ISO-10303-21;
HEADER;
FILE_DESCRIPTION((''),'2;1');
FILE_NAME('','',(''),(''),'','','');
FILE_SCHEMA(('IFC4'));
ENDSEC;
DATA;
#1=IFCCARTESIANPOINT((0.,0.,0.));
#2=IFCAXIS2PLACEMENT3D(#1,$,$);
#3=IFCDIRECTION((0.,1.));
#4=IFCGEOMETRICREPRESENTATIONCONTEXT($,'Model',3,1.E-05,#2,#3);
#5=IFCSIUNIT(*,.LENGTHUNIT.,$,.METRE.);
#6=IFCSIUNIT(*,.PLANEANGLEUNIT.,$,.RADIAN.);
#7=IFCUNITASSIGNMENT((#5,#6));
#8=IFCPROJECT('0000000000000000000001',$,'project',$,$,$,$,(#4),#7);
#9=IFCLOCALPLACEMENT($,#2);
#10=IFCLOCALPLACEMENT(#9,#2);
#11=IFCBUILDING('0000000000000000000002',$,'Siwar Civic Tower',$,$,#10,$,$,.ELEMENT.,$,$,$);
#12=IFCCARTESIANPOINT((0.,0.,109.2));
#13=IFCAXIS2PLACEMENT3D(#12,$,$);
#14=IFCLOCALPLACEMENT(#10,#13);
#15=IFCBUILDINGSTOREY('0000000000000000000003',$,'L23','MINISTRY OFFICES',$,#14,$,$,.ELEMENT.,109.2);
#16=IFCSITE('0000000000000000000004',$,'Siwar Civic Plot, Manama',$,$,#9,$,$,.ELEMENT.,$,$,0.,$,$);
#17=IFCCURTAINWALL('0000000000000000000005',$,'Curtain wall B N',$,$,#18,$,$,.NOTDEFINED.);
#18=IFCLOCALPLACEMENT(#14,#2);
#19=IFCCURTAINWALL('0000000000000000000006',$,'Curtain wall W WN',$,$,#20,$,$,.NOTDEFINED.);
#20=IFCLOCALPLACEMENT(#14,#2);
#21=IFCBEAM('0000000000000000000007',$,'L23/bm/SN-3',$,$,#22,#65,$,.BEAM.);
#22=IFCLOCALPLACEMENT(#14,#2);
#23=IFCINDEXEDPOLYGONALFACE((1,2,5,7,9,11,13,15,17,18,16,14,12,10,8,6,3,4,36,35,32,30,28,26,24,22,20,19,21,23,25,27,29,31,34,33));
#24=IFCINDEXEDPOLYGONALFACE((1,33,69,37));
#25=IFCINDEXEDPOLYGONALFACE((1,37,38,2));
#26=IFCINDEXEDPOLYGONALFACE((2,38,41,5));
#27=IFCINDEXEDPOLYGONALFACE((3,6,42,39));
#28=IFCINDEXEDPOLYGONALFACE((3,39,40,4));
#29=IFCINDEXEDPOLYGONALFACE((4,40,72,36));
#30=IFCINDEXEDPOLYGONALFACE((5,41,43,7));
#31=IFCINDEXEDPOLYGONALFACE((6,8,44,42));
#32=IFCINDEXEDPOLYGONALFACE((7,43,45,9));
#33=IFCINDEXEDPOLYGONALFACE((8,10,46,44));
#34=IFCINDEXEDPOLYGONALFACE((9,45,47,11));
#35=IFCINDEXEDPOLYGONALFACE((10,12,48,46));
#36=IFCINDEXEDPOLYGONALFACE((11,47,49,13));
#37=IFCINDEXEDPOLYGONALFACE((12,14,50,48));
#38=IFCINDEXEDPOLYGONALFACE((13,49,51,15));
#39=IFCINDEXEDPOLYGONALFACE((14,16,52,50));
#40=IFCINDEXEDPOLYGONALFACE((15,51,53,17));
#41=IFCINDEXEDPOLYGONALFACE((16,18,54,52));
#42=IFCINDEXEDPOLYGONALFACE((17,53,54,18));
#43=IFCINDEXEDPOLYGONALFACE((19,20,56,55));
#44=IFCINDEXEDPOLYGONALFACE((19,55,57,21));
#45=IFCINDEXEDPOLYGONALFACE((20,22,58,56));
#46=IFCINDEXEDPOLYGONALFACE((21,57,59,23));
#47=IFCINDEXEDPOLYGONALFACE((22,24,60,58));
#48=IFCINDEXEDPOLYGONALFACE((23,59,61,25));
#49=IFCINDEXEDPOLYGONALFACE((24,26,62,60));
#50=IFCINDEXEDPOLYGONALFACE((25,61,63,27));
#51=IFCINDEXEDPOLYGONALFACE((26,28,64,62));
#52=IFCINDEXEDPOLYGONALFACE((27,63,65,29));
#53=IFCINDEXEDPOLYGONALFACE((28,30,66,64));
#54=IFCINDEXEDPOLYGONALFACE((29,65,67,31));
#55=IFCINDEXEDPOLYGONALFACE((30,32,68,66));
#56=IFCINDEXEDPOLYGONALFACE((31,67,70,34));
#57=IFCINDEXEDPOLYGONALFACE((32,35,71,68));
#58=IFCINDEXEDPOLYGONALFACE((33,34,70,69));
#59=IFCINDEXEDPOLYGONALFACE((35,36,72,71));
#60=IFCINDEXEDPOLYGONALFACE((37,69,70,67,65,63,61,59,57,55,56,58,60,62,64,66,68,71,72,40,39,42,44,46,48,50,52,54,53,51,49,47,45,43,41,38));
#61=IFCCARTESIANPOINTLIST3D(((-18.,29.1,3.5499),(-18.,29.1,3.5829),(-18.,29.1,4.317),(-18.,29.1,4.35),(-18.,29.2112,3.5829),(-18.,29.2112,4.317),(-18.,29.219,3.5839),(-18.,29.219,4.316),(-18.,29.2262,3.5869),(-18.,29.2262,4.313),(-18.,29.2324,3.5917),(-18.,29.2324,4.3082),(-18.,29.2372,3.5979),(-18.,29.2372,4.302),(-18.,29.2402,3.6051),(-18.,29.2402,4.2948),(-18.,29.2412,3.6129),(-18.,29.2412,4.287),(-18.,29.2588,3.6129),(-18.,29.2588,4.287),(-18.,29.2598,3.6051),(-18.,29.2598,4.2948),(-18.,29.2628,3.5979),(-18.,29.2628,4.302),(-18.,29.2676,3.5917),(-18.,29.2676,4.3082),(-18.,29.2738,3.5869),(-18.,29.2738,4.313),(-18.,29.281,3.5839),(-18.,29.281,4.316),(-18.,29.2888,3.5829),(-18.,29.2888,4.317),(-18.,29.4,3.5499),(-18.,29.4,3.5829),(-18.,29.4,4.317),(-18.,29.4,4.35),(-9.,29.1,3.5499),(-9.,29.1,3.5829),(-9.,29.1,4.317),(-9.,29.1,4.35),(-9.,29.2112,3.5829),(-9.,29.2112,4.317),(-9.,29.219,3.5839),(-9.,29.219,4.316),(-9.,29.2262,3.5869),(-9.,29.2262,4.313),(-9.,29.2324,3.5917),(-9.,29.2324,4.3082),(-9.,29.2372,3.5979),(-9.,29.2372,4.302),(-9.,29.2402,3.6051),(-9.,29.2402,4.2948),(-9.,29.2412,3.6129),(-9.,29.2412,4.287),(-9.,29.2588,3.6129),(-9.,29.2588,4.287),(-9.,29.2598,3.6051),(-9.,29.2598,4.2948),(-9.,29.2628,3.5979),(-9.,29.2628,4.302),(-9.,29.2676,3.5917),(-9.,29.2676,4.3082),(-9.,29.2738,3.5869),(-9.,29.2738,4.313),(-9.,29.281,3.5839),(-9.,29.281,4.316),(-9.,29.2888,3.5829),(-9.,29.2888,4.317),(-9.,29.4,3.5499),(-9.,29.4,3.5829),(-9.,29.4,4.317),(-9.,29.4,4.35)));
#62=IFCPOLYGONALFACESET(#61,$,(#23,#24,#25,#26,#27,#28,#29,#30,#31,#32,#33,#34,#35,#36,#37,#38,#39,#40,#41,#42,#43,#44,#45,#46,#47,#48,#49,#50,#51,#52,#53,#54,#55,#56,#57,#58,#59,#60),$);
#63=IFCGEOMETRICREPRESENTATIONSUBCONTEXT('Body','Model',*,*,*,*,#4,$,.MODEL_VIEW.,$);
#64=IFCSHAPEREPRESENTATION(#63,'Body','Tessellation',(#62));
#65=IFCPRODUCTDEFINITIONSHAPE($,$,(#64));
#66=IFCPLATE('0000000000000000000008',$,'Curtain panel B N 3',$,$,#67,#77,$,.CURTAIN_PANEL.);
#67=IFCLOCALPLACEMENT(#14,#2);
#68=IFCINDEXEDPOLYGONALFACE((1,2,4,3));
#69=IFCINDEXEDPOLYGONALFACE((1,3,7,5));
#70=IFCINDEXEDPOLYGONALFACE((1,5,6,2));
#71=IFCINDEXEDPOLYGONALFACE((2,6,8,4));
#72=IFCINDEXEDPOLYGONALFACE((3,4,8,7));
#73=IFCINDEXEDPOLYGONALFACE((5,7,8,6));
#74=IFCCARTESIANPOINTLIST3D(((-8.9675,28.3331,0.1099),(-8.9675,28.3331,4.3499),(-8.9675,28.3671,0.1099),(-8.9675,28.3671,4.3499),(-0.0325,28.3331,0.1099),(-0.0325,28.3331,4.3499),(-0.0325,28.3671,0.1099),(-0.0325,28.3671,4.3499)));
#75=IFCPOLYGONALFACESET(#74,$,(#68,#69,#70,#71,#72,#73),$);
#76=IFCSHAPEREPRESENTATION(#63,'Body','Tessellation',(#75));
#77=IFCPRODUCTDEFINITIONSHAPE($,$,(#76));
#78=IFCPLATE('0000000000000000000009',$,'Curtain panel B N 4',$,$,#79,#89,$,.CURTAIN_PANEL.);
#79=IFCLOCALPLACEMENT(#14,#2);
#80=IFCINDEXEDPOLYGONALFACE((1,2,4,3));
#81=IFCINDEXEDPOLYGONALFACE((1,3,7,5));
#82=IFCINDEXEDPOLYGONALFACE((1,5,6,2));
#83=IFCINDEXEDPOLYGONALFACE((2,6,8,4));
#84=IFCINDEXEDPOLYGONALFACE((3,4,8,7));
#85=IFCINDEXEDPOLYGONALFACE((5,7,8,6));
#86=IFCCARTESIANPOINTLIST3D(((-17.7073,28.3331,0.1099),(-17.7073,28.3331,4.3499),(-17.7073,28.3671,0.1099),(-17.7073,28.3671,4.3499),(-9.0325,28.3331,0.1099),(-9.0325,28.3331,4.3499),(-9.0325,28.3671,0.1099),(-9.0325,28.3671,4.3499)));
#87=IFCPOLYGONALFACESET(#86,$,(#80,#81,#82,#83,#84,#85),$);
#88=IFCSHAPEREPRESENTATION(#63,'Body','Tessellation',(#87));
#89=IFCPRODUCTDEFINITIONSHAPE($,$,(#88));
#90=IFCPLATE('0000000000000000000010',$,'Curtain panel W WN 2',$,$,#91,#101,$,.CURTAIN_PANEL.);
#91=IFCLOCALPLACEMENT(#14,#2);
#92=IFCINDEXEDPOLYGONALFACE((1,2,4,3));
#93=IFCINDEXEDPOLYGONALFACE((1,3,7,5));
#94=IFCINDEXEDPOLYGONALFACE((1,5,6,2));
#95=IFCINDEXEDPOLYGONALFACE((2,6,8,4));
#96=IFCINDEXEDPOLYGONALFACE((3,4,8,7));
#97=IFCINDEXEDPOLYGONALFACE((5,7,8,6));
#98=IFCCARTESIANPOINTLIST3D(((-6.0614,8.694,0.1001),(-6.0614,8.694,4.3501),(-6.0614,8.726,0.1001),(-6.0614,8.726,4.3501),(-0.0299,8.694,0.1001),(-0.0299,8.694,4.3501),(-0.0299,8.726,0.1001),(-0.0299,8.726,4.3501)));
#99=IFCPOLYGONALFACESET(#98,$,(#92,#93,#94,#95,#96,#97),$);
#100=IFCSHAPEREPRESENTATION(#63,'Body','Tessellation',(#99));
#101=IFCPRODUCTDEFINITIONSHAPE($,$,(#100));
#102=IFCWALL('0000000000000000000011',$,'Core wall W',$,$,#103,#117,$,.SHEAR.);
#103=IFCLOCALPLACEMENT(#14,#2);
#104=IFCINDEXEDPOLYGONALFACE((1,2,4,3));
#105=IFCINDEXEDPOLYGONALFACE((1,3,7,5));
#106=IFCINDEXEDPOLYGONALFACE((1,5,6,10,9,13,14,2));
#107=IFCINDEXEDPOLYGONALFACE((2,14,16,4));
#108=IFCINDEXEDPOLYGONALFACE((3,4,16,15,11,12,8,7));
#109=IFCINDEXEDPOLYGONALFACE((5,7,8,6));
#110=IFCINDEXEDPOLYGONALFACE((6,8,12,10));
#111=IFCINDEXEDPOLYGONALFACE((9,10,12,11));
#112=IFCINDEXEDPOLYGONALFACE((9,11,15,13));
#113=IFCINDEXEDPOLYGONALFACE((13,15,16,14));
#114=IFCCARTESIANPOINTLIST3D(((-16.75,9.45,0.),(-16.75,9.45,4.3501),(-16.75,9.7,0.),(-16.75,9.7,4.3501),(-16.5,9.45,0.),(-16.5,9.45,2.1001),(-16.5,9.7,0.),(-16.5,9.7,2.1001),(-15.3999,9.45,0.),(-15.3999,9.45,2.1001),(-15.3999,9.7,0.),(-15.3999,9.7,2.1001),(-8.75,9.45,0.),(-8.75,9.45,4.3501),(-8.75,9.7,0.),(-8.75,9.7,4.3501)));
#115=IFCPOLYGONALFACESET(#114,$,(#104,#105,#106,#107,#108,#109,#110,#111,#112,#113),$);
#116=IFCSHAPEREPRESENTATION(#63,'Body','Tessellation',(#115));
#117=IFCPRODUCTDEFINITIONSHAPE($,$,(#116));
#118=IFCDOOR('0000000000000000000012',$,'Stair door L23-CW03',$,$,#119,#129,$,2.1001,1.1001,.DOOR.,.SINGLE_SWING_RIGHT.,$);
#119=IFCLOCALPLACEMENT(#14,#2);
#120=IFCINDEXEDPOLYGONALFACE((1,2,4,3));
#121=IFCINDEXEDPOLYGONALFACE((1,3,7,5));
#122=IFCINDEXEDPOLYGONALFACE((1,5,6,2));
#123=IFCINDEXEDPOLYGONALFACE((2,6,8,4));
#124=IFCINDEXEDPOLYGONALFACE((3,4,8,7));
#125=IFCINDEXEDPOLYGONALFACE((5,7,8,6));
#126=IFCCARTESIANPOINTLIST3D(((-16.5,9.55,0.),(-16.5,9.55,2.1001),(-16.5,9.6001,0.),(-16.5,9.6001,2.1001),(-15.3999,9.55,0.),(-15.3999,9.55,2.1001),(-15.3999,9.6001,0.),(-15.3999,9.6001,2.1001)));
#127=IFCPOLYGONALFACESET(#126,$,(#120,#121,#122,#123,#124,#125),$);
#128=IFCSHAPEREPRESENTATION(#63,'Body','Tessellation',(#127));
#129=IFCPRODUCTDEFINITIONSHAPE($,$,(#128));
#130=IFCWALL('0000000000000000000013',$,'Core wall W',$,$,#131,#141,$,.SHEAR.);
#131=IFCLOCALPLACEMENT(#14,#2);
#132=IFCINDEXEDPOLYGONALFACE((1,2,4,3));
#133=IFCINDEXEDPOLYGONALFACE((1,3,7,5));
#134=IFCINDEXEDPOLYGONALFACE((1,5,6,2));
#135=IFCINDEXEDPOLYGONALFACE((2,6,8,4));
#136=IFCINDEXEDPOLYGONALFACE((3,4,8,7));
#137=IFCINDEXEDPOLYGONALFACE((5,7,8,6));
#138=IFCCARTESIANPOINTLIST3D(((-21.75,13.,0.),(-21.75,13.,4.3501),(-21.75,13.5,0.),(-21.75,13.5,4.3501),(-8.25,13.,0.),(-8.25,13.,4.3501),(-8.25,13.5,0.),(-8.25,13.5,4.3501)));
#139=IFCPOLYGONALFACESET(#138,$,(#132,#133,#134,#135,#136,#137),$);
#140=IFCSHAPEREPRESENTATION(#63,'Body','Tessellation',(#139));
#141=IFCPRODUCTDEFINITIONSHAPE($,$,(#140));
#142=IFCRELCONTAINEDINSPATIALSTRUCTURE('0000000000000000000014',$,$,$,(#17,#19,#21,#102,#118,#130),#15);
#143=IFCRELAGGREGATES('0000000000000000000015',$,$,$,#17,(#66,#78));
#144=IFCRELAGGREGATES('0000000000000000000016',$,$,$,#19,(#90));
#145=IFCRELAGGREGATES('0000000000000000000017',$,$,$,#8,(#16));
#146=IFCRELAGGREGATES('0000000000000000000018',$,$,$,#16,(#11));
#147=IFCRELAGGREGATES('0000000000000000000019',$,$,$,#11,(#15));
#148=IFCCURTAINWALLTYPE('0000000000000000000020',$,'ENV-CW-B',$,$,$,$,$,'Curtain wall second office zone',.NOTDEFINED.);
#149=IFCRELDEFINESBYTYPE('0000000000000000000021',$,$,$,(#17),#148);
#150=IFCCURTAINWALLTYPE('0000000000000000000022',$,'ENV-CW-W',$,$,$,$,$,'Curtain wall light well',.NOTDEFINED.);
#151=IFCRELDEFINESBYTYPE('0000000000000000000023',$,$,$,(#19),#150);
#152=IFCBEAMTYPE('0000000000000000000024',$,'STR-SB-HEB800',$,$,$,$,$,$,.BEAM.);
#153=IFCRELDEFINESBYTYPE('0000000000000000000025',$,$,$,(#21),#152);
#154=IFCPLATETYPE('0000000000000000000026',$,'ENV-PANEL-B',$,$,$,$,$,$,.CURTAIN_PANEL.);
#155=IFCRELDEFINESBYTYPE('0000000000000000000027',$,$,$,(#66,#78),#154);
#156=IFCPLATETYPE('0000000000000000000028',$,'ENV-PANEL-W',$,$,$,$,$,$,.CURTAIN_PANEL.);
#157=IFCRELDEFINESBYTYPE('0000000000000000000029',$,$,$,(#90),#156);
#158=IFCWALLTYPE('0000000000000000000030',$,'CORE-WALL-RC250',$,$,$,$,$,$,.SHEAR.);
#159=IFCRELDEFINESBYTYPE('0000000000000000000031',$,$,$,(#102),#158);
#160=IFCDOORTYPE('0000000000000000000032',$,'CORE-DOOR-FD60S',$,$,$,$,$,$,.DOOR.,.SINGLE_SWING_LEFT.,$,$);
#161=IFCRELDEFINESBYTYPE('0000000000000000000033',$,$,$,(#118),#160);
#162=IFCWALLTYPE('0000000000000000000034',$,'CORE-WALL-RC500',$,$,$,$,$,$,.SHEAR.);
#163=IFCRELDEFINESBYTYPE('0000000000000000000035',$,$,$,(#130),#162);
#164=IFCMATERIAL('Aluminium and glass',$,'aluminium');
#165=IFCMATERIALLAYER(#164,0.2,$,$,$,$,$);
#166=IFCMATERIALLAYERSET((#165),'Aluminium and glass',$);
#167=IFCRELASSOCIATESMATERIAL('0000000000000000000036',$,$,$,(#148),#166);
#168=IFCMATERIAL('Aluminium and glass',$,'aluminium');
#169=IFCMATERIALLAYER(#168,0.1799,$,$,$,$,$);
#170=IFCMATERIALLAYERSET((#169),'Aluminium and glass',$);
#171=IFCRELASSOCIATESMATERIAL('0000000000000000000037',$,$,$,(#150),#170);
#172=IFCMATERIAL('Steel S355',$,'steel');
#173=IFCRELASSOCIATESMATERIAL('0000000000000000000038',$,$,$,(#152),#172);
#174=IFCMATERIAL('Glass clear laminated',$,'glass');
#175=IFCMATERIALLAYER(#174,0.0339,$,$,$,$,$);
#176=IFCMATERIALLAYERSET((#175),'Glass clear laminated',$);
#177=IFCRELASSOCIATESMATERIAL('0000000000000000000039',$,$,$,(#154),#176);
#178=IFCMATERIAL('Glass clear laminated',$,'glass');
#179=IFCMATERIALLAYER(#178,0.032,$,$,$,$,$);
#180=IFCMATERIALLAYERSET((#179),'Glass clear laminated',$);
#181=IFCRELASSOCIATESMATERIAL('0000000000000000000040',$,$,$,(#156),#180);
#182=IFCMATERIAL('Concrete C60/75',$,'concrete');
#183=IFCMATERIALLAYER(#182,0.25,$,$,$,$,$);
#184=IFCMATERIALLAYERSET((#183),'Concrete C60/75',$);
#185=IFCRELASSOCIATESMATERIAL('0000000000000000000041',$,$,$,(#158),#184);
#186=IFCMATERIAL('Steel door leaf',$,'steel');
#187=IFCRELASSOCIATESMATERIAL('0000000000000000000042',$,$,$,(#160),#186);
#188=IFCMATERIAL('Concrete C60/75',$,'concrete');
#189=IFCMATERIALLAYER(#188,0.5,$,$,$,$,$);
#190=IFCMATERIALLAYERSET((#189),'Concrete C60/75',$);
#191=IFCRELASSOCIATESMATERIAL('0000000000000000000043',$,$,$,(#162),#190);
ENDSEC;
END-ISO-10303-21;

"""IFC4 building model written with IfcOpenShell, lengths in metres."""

from ifc_helpers import new_model, si_unit, direction, frame, frame_2d, origin, origin_2d, place, context, subcontext, project, spatial, rectangle, i_section, extrude, material, layer, layer_set, material_profile, profile_set, type_object, element, fill, aggregate, save


model = new_model("IFC4")

# Units and contexts
model_context = context("Model", 3, precision=1e-05, world=origin(), true_north=direction((0.0, 1.0)))
body_context = subcontext(model_context, "Body", "Model", "MODEL_VIEW")
ifc_project = project(units=[si_unit("LENGTHUNIT", "METRE"), si_unit("PLANEANGLEUNIT", "RADIAN")], contexts=[model_context])

# Site, building, storey
site_placement = place(None, origin())
site = spatial("IfcSite", under=ifc_project, at=site_placement, Name="Siwar Civic Plot, Manama", CompositionType="ELEMENT", RefElevation=0.0)
building_placement = place(site_placement, origin())
building = spatial("IfcBuilding", under=site, at=building_placement, Name="Siwar Civic Tower", CompositionType="ELEMENT")
storey_placement = place(building_placement, frame((0.0, 0.0, 109.2)))
storey = spatial("IfcBuildingStorey", under=building, at=storey_placement, Name="L23", Description="MINISTRY OFFICES", CompositionType="ELEMENT", Elevation=109.2)

# Curtain wall
ifc_material_1 = material(Name="Aluminium and glass", Category="aluminium")
ifc_layer_1 = layer(ifc_material_1, 0.2)
ifc_layer_set_1 = layer_set([ifc_layer_1], Name="Aluminium and glass")
curtain_wall_type_1 = type_object("IfcCurtainWallType", Name="ENV-CW-B", ElementType="Curtain wall second office zone", PredefinedType="NOTDEFINED", material=ifc_layer_set_1)
curtain_wall_1_placement = place(storey_placement, origin())
curtain_wall_1 = element("IfcCurtainWall", 1, at=curtain_wall_1_placement, inside=storey, type_object=curtain_wall_type_1, Name="Curtain wall B N", PredefinedType="NOTDEFINED")

# Curtain wall
ifc_material_2 = material(Name="Aluminium and glass", Category="aluminium")
ifc_layer_2 = layer(ifc_material_2, 0.1799)
ifc_layer_set_2 = layer_set([ifc_layer_2], Name="Aluminium and glass")
curtain_wall_type_2 = type_object("IfcCurtainWallType", Name="ENV-CW-W", ElementType="Curtain wall light well", PredefinedType="NOTDEFINED", material=ifc_layer_set_2)
curtain_wall_2_placement = place(storey_placement, origin())
curtain_wall_2 = element("IfcCurtainWall", 2, at=curtain_wall_2_placement, inside=storey, type_object=curtain_wall_type_2, Name="Curtain wall W WN", PredefinedType="NOTDEFINED")

# Beam
ifc_material_3 = material(Name="Steel S355", Category="steel")
ifc_material_profile_1 = material_profile(ifc_material_3, i_section(OverallWidth=0.3, OverallDepth=0.8, WebThickness=0.0176, FlangeThickness=0.033, FilletRadius=0.03, at=origin_2d()), Name="HEB800")
ifc_profile_set_1 = profile_set([ifc_material_profile_1], Name="Steel S355")
beam_type_1 = type_object("IfcBeamType", Name="STR-SB-HEB800", PredefinedType="BEAM", material=ifc_profile_set_1)
for number, where, z_axis, x_axis, name in (
    (3, (-9.0, 29.25, 3.95), (-1.0, 0.0, 0.0), (0.0, -1.0, 0.0), "L23/bm/SN-3"),
):
    element("IfcBeam", number, at=place(storey_placement, frame(where, z_axis=z_axis, x_axis=x_axis)), inside=storey, type_object=beam_type_1, Name=name, PredefinedType="BEAM", context=body_context, shape_type="SweptSolid", body=[
        extrude(i_section(OverallWidth=0.3, OverallDepth=0.8, WebThickness=0.0176, FlangeThickness=0.033, FilletRadius=0.03, at=origin_2d()), origin(), (0.0, 0.0, 1.0), 9.0),
    ])

# Plates
ifc_material_4 = material(Name="Glass clear laminated", Category="glass")
ifc_layer_3 = layer(ifc_material_4, 0.0339)
ifc_layer_set_3 = layer_set([ifc_layer_3], Name="Glass clear laminated")
plate_type_1 = type_object("IfcPlateType", Name="ENV-PANEL-B", PredefinedType="CURTAIN_PANEL", material=ifc_layer_set_3)
plate_1_placement = place(storey_placement, frame((-4.5, 28.3501, 0.1099), z_axis=(0.0, 0.0, 1.0), x_axis=(-1.0, 0.0, 0.0)))
plate_1 = element("IfcPlate", 4, at=plate_1_placement, type_object=plate_type_1, Name="Curtain panel B N 3", PredefinedType="CURTAIN_PANEL", context=body_context, shape_type="SweptSolid", body=[
    extrude(rectangle(XDim=8.9351, YDim=0.0339, at=origin_2d()), origin(), (0.0, 0.0, 1.0), 4.24),
])
plate_2_placement = place(storey_placement, frame((-13.3699, 28.3501, 0.1099), z_axis=(0.0, 0.0, 1.0), x_axis=(-1.0, 0.0, 0.0)))
plate_2 = element("IfcPlate", 5, at=plate_2_placement, type_object=plate_type_1, Name="Curtain panel B N 4", PredefinedType="CURTAIN_PANEL", context=body_context, shape_type="SweptSolid", body=[
    extrude(rectangle(XDim=8.6748, YDim=0.0339, at=origin_2d()), origin(), (0.0, 0.0, 1.0), 4.24),
])
aggregate(curtain_wall_1, [plate_1, plate_2])
ifc_material_5 = material(Name="Glass clear laminated", Category="glass")
ifc_layer_4 = layer(ifc_material_5, 0.032)
ifc_layer_set_4 = layer_set([ifc_layer_4], Name="Glass clear laminated")
plate_type_2 = type_object("IfcPlateType", Name="ENV-PANEL-W", PredefinedType="CURTAIN_PANEL", material=ifc_layer_set_4)
plate_3_placement = place(storey_placement, frame((-3.0457, 8.71, 0.1001), z_axis=(0.0, 0.0, 1.0), x_axis=(-1.0, 0.0, 0.0)))
plate_3 = element("IfcPlate", 6, at=plate_3_placement, type_object=plate_type_2, Name="Curtain panel W WN 2", PredefinedType="CURTAIN_PANEL", context=body_context, shape_type="SweptSolid", body=[
    extrude(rectangle(XDim=6.0315, YDim=0.032, at=origin_2d()), origin(), (0.0, 0.0, 1.0), 4.25),
])
aggregate(curtain_wall_2, [plate_3])

# Wall, opening, door
ifc_material_6 = material(Name="Concrete C60/75", Category="concrete")
ifc_layer_5 = layer(ifc_material_6, 0.25)
ifc_layer_set_5 = layer_set([ifc_layer_5], Name="Concrete C60/75")
wall_type_1 = type_object("IfcWallType", Name="CORE-WALL-RC250", PredefinedType="SHEAR", material=ifc_layer_set_5)
wall_1_placement = place(storey_placement, frame((-8.75, 9.575, 0.0), z_axis=(0.0, 0.0, 1.0), x_axis=(-1.0, 0.0, 0.0)))
wall_1 = element("IfcWall", 7, at=wall_1_placement, inside=storey, type_object=wall_type_1, Name="Core wall W", PredefinedType="SHEAR", context=body_context, shape_type="SweptSolid", body=[
    extrude(rectangle(XDim=8.0, YDim=0.25, at=frame_2d((4.0, 0.0))), origin(), (0.0, 0.0, 1.0), 4.3501),
])
opening_1_placement = place(wall_1_placement, frame((6.6499, 0.0, 0.0)))
opening_1 = element("IfcOpeningElement", 8, at=opening_1_placement, cuts=wall_1, PredefinedType="OPENING", context=body_context, shape_type="SweptSolid", body=[
    extrude(rectangle(XDim=1.1001, YDim=2.1001, at=frame_2d((0.55, 1.05))), frame((0.0, 0.135, 0.0), z_axis=(0.0, -1.0, 0.0), x_axis=(1.0, 0.0, 0.0)), (0.0, 0.0, 1.0), 0.27),
])
ifc_material_7 = material(Name="Steel door leaf", Category="steel")
door_type_1 = type_object("IfcDoorType", Name="CORE-DOOR-FD60S", OperationType="SINGLE_SWING_LEFT", PredefinedType="DOOR", material=ifc_material_7)
door_1_placement = place(opening_1_placement, origin())
door_1 = element("IfcDoor", 9, at=door_1_placement, inside=storey, type_object=door_type_1, Name="Stair door L23-CW03", OperationType="SINGLE_SWING_RIGHT", OverallHeight=2.1001, OverallWidth=1.1001, PredefinedType="DOOR", context=body_context, shape_type="SweptSolid", body=[
    extrude(rectangle(XDim=1.1001, YDim=2.1001, at=frame_2d((0.55, 1.05))), frame((0.0, 0.0249, 0.0), z_axis=(0.0, -1.0, 0.0), x_axis=(1.0, 0.0, 0.0)), (0.0, 0.0, 1.0), 0.05),
])
fill(opening_1, door_1)

# Wall
ifc_material_8 = material(Name="Concrete C60/75", Category="concrete")
ifc_layer_6 = layer(ifc_material_8, 0.5)
ifc_layer_set_6 = layer_set([ifc_layer_6], Name="Concrete C60/75")
wall_type_2 = type_object("IfcWallType", Name="CORE-WALL-RC500", PredefinedType="SHEAR", material=ifc_layer_set_6)
wall_2_placement = place(storey_placement, frame((-8.25, 13.25, 0.0), z_axis=(0.0, 0.0, 1.0), x_axis=(-1.0, 0.0, 0.0)))
element("IfcWall", 10, at=wall_2_placement, inside=storey, type_object=wall_type_2, Name="Core wall W", PredefinedType="SHEAR", context=body_context, shape_type="SweptSolid", body=[
    extrude(rectangle(XDim=13.5, YDim=0.5, at=frame_2d((6.75, 0.0))), origin(), (0.0, 0.0, 1.0), 4.3501),
])

save(model, "model.ifc")
